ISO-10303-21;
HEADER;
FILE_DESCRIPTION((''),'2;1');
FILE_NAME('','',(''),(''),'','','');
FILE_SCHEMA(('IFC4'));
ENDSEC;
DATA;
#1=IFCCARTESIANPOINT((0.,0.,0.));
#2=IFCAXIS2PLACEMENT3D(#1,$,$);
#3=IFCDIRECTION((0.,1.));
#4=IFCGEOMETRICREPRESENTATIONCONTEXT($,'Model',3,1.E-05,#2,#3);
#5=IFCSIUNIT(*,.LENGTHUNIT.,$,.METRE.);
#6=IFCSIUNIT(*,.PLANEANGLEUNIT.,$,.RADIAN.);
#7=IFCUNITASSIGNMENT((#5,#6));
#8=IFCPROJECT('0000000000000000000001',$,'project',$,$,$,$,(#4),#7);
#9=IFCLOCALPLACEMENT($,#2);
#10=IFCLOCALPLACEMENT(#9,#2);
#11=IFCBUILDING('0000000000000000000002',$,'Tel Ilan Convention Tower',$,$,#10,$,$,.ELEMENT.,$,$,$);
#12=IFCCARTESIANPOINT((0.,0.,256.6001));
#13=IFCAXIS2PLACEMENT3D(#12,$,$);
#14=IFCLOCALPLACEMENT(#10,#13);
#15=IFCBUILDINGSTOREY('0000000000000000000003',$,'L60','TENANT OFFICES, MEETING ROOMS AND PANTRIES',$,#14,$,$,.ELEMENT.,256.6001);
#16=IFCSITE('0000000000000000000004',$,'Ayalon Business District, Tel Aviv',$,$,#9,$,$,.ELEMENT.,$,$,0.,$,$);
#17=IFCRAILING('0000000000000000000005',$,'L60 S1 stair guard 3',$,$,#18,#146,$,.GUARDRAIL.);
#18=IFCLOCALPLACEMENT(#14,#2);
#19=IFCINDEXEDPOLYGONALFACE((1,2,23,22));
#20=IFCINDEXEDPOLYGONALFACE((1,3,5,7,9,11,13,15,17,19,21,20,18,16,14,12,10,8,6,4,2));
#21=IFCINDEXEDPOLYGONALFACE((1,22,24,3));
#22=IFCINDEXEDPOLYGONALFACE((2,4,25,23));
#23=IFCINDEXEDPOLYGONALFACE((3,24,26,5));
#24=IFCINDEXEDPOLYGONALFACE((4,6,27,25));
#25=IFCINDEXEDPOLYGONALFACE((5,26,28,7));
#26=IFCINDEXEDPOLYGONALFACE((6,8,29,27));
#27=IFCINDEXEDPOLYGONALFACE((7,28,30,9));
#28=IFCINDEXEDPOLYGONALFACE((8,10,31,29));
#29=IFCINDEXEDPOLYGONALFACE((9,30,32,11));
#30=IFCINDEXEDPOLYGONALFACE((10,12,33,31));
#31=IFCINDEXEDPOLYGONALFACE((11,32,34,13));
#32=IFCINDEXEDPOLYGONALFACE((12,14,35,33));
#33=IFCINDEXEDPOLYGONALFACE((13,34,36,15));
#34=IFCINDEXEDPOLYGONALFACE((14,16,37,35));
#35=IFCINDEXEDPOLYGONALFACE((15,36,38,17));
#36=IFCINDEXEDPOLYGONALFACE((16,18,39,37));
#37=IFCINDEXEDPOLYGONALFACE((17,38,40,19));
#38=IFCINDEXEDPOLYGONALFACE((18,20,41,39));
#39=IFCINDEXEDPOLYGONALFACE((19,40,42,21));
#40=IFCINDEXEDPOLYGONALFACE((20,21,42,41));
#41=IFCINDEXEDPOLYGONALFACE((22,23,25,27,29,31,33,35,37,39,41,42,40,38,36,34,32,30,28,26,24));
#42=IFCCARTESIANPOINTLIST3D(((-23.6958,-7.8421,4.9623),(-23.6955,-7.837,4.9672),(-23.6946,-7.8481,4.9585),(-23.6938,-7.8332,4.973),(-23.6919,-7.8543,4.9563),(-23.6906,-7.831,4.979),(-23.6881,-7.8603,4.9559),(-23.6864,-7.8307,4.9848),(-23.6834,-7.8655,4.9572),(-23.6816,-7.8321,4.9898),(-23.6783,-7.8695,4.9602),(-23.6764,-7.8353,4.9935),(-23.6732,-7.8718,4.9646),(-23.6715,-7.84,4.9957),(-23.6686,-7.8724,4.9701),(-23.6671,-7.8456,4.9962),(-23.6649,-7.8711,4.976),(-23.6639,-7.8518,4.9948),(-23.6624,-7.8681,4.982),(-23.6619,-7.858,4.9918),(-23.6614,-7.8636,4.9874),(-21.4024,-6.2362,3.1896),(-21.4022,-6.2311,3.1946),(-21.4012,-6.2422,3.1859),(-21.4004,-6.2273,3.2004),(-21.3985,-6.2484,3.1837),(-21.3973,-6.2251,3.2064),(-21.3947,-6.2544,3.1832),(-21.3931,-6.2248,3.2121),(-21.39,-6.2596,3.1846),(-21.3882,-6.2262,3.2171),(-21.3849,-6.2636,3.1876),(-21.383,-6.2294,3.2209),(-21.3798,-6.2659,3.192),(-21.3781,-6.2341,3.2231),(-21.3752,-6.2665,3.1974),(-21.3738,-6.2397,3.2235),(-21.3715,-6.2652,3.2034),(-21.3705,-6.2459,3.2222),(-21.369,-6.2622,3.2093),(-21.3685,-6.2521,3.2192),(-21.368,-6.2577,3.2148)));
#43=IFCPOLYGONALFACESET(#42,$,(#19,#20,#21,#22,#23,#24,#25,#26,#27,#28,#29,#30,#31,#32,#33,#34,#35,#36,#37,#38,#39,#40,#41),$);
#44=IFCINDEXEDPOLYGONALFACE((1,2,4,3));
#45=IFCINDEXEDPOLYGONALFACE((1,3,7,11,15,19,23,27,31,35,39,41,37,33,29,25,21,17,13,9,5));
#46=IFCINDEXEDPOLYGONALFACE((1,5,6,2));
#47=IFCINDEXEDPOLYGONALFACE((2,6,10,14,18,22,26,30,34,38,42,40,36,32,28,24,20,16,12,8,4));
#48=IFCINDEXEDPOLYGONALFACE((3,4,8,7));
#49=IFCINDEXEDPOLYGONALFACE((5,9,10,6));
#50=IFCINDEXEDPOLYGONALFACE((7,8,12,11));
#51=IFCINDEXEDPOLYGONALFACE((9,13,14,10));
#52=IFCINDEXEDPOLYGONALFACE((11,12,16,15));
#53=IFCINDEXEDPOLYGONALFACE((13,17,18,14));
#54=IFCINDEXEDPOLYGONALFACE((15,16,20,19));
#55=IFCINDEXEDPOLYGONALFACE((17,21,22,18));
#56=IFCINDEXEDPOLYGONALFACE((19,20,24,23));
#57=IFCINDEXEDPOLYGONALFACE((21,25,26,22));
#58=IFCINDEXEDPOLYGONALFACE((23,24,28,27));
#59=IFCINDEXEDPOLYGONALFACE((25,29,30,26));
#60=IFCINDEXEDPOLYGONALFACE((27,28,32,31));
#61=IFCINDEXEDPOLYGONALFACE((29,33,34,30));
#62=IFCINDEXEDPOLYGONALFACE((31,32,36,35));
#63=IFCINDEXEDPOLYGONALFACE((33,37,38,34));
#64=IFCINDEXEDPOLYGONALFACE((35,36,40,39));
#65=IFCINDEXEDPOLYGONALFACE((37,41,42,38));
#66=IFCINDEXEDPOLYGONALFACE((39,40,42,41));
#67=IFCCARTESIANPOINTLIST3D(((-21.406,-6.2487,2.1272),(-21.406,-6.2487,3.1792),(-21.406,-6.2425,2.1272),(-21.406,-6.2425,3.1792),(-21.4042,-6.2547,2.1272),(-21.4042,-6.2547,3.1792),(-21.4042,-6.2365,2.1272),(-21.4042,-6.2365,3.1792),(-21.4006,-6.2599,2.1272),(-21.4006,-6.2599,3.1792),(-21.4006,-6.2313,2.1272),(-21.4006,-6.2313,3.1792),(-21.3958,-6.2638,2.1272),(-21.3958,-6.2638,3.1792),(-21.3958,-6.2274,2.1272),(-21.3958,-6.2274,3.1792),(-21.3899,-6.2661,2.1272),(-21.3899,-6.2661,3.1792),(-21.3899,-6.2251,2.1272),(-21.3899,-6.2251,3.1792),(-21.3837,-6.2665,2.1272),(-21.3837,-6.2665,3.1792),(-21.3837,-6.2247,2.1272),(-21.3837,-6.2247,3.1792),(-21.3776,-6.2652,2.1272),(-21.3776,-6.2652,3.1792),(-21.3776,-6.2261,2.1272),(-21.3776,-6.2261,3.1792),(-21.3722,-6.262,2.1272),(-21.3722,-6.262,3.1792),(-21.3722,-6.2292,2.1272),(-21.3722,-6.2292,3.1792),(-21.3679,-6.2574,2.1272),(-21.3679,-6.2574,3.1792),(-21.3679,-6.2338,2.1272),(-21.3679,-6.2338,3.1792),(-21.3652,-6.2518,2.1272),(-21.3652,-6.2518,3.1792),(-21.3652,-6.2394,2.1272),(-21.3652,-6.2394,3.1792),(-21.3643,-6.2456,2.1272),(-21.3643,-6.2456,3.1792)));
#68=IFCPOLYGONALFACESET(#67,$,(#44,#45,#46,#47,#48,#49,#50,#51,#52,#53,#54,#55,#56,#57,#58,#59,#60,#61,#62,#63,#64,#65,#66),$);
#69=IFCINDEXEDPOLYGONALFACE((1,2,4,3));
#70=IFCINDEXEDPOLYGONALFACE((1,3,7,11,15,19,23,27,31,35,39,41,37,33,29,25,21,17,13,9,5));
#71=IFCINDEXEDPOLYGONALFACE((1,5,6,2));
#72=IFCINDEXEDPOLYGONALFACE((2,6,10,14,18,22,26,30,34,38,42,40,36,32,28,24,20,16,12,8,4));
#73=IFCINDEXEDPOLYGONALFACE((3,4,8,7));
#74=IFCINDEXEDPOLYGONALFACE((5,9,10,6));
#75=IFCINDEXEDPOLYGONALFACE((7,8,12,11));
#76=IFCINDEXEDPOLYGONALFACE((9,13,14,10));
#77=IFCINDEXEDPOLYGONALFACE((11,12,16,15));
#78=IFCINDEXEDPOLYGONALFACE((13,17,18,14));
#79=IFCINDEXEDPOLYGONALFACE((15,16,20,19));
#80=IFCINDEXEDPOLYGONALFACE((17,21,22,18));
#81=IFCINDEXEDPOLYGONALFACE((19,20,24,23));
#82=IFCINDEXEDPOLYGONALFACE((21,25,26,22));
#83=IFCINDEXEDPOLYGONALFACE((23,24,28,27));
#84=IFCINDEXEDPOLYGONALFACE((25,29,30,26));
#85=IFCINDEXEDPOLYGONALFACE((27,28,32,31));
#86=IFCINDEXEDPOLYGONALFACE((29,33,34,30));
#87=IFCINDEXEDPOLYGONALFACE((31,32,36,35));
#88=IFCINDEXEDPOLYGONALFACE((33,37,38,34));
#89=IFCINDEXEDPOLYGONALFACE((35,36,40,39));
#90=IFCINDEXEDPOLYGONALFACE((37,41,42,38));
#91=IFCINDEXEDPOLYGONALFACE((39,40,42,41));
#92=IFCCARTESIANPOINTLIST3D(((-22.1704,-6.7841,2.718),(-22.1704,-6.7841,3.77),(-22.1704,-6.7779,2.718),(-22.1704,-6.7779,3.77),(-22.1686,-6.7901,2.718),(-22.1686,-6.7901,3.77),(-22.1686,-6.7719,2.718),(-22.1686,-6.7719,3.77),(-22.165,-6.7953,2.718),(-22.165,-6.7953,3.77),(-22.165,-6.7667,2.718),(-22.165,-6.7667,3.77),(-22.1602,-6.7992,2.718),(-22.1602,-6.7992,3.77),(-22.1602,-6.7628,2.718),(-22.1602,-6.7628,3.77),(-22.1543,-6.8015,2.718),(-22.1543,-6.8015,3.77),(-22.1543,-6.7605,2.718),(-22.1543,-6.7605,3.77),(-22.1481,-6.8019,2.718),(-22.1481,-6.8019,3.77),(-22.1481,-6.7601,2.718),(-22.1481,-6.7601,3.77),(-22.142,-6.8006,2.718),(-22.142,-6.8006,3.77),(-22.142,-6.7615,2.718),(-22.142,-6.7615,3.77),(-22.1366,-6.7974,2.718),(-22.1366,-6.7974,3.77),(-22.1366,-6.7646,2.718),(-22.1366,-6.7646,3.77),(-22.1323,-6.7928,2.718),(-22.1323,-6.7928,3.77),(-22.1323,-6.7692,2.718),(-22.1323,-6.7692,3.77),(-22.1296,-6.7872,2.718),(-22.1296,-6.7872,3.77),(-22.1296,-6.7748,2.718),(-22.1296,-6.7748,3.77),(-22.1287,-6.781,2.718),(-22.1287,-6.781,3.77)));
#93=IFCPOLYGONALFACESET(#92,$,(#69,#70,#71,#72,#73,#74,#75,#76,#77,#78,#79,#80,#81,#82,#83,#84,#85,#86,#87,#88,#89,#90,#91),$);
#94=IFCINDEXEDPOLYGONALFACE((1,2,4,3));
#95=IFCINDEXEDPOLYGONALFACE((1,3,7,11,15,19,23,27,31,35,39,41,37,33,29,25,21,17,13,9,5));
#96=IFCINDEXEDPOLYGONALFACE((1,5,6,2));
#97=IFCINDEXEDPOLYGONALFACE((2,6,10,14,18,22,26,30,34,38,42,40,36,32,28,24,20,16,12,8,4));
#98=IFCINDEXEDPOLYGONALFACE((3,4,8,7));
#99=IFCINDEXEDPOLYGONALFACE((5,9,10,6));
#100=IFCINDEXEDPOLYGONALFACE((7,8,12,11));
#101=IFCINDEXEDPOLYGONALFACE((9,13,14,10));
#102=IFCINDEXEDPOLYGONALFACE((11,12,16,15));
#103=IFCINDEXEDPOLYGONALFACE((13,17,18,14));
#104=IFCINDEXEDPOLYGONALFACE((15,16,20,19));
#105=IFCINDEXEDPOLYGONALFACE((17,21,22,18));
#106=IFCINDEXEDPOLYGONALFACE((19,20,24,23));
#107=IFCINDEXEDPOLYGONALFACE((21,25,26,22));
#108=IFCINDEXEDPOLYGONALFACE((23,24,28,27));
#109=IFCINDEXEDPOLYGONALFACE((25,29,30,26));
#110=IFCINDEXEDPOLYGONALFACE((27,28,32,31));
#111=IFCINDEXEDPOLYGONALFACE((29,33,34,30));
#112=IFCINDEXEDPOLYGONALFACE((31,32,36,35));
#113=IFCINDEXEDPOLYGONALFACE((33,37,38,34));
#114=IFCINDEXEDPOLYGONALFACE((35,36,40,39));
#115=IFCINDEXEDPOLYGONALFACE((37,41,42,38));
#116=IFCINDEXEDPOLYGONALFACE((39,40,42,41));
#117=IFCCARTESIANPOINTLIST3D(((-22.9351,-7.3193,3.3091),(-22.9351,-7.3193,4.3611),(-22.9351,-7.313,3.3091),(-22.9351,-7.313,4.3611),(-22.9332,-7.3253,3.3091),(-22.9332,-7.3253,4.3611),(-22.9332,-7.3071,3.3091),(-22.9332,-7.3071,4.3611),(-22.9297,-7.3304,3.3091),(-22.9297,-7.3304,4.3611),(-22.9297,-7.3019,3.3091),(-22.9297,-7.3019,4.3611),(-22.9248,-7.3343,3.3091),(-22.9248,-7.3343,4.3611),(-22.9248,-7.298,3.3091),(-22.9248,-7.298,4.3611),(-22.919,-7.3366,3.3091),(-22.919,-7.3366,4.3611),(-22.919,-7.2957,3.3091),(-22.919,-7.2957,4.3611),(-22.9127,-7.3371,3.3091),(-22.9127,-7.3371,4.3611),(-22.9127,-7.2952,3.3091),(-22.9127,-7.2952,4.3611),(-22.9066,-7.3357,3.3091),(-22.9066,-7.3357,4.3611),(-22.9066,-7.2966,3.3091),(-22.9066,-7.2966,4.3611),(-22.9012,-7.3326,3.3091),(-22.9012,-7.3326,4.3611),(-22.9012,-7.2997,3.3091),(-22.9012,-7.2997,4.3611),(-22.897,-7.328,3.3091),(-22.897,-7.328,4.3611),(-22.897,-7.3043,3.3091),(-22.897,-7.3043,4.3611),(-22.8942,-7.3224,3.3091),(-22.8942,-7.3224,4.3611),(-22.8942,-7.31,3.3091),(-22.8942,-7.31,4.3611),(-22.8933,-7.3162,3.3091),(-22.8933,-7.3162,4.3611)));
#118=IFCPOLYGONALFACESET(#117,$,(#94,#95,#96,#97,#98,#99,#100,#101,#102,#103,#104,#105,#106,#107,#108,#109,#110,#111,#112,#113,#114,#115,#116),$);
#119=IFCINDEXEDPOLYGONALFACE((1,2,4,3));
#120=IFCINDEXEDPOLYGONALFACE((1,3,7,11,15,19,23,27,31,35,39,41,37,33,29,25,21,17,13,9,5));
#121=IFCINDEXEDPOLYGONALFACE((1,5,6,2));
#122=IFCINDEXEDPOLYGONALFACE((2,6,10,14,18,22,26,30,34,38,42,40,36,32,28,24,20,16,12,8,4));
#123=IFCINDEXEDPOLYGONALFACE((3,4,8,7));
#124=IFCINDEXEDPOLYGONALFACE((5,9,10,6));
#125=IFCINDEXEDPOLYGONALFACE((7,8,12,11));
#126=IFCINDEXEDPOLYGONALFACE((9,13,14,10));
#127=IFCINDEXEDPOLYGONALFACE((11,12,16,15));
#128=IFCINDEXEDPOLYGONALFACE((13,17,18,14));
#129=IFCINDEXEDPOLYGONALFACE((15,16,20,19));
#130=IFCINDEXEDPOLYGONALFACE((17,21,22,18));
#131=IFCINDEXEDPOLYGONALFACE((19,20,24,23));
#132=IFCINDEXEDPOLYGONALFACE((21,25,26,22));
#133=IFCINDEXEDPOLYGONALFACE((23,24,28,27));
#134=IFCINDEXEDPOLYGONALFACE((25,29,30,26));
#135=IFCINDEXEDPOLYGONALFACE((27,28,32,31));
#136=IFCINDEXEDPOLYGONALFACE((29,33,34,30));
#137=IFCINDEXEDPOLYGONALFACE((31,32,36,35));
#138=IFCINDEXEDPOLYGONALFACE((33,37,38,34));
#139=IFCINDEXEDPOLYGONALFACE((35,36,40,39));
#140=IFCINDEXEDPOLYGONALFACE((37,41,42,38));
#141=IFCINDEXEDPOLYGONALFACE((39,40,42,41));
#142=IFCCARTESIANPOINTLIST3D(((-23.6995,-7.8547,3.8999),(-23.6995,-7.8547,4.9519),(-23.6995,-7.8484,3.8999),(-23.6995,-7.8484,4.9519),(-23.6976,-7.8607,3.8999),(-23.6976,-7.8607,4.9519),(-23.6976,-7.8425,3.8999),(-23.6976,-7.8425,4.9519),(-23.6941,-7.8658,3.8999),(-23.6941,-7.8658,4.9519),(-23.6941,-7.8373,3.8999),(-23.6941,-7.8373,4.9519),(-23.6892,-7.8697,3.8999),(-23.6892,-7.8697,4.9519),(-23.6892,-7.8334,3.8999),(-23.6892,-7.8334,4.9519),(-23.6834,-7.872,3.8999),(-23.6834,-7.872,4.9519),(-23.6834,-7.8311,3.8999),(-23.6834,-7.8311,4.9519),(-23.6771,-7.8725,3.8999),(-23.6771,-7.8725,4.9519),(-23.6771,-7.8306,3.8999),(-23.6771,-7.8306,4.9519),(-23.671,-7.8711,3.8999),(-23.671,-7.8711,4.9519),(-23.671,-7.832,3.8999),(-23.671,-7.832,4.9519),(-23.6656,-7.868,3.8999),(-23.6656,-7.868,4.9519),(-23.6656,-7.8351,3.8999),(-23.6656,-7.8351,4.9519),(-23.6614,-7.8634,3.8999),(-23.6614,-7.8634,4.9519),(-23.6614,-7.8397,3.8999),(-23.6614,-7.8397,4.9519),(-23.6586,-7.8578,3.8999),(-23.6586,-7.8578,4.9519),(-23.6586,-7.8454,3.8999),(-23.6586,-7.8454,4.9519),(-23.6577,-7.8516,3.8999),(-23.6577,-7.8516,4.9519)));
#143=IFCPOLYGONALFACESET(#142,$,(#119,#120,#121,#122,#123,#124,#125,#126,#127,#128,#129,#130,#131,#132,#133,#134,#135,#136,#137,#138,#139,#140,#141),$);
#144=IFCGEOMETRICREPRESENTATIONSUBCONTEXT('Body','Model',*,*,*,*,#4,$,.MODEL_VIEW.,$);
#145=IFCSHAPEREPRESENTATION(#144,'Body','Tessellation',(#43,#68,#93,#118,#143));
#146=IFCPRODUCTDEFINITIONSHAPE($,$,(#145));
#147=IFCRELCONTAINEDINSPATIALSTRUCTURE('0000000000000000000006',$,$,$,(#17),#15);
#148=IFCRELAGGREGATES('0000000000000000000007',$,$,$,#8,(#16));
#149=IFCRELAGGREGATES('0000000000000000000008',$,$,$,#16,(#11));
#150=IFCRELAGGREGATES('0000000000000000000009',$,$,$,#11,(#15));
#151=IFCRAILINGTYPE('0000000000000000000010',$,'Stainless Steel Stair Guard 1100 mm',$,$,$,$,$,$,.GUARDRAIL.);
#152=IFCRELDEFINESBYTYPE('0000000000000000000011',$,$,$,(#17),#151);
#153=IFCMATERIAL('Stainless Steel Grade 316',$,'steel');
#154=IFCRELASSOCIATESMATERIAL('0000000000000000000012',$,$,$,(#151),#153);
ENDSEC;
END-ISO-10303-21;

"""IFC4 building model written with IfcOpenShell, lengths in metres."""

from ifc_helpers import new_model, si_unit, direction, frame, origin, origin_2d, place, context, subcontext, project, spatial, circle, extrude, material, type_object, element, save


model = new_model("IFC4")

# Units and contexts
model_context = context("Model", 3, precision=1e-05, world=origin(), true_north=direction((0.0, 1.0)))
body_context = subcontext(model_context, "Body", "Model", "MODEL_VIEW")
ifc_project = project(units=[si_unit("LENGTHUNIT", "METRE"), si_unit("PLANEANGLEUNIT", "RADIAN")], contexts=[model_context])

# Site, building, storey
site_placement = place(None, origin())
site = spatial("IfcSite", under=ifc_project, at=site_placement, Name="Ayalon Business District, Tel Aviv", CompositionType="ELEMENT", RefElevation=0.0)
building_placement = place(site_placement, origin())
building = spatial("IfcBuilding", under=site, at=building_placement, Name="Tel Ilan Convention Tower", CompositionType="ELEMENT")
storey_placement = place(building_placement, frame((0.0, 0.0, 256.6001)))
storey = spatial("IfcBuildingStorey", under=building, at=storey_placement, Name="L60", Description="TENANT OFFICES, MEETING ROOMS AND PANTRIES", CompositionType="ELEMENT", Elevation=256.6001)

# Railing
ifc_material_1 = material(Name="Stainless Steel Grade 316", Category="steel")
railing_type_1 = type_object("IfcRailingType", Name="Stainless Steel Stair Guard 1100 mm", PredefinedType="GUARDRAIL", material=ifc_material_1)
railing_1_placement = place(storey_placement, frame((-21.3853, -6.2456, 2.1272)))
element("IfcRailing", 1, at=railing_1_placement, inside=storey, type_object=railing_type_1, Name="L60 S1 stair guard 3", PredefinedType="GUARDRAIL", context=body_context, shape_type="SweptSolid", body=[
    extrude(circle(Radius=0.0239, at=origin_2d()), frame((0.0, 0.0, 1.0762), z_axis=(-0.692085, -0.484621, 0.53494), x_axis=(0.573591, -0.819142, 0.0)), (0.0, 0.0, 1.0), 3.3137),
    extrude(circle(Radius=0.021, at=origin_2d()), origin(), (0.0, 0.0, 1.0), 1.052),
    extrude(circle(Radius=0.021, at=origin_2d()), frame((-0.7644, -0.5354, 0.5908)), (0.0, 0.0, 1.0), 1.052),
    extrude(circle(Radius=0.021, at=origin_2d()), frame((-1.5291, -1.0706, 1.1819)), (0.0, 0.0, 1.0), 1.052),
    extrude(circle(Radius=0.021, at=origin_2d()), frame((-2.2935, -1.606, 1.7727)), (0.0, 0.0, 1.0), 1.052),
])

save(model, "model.ifc")
